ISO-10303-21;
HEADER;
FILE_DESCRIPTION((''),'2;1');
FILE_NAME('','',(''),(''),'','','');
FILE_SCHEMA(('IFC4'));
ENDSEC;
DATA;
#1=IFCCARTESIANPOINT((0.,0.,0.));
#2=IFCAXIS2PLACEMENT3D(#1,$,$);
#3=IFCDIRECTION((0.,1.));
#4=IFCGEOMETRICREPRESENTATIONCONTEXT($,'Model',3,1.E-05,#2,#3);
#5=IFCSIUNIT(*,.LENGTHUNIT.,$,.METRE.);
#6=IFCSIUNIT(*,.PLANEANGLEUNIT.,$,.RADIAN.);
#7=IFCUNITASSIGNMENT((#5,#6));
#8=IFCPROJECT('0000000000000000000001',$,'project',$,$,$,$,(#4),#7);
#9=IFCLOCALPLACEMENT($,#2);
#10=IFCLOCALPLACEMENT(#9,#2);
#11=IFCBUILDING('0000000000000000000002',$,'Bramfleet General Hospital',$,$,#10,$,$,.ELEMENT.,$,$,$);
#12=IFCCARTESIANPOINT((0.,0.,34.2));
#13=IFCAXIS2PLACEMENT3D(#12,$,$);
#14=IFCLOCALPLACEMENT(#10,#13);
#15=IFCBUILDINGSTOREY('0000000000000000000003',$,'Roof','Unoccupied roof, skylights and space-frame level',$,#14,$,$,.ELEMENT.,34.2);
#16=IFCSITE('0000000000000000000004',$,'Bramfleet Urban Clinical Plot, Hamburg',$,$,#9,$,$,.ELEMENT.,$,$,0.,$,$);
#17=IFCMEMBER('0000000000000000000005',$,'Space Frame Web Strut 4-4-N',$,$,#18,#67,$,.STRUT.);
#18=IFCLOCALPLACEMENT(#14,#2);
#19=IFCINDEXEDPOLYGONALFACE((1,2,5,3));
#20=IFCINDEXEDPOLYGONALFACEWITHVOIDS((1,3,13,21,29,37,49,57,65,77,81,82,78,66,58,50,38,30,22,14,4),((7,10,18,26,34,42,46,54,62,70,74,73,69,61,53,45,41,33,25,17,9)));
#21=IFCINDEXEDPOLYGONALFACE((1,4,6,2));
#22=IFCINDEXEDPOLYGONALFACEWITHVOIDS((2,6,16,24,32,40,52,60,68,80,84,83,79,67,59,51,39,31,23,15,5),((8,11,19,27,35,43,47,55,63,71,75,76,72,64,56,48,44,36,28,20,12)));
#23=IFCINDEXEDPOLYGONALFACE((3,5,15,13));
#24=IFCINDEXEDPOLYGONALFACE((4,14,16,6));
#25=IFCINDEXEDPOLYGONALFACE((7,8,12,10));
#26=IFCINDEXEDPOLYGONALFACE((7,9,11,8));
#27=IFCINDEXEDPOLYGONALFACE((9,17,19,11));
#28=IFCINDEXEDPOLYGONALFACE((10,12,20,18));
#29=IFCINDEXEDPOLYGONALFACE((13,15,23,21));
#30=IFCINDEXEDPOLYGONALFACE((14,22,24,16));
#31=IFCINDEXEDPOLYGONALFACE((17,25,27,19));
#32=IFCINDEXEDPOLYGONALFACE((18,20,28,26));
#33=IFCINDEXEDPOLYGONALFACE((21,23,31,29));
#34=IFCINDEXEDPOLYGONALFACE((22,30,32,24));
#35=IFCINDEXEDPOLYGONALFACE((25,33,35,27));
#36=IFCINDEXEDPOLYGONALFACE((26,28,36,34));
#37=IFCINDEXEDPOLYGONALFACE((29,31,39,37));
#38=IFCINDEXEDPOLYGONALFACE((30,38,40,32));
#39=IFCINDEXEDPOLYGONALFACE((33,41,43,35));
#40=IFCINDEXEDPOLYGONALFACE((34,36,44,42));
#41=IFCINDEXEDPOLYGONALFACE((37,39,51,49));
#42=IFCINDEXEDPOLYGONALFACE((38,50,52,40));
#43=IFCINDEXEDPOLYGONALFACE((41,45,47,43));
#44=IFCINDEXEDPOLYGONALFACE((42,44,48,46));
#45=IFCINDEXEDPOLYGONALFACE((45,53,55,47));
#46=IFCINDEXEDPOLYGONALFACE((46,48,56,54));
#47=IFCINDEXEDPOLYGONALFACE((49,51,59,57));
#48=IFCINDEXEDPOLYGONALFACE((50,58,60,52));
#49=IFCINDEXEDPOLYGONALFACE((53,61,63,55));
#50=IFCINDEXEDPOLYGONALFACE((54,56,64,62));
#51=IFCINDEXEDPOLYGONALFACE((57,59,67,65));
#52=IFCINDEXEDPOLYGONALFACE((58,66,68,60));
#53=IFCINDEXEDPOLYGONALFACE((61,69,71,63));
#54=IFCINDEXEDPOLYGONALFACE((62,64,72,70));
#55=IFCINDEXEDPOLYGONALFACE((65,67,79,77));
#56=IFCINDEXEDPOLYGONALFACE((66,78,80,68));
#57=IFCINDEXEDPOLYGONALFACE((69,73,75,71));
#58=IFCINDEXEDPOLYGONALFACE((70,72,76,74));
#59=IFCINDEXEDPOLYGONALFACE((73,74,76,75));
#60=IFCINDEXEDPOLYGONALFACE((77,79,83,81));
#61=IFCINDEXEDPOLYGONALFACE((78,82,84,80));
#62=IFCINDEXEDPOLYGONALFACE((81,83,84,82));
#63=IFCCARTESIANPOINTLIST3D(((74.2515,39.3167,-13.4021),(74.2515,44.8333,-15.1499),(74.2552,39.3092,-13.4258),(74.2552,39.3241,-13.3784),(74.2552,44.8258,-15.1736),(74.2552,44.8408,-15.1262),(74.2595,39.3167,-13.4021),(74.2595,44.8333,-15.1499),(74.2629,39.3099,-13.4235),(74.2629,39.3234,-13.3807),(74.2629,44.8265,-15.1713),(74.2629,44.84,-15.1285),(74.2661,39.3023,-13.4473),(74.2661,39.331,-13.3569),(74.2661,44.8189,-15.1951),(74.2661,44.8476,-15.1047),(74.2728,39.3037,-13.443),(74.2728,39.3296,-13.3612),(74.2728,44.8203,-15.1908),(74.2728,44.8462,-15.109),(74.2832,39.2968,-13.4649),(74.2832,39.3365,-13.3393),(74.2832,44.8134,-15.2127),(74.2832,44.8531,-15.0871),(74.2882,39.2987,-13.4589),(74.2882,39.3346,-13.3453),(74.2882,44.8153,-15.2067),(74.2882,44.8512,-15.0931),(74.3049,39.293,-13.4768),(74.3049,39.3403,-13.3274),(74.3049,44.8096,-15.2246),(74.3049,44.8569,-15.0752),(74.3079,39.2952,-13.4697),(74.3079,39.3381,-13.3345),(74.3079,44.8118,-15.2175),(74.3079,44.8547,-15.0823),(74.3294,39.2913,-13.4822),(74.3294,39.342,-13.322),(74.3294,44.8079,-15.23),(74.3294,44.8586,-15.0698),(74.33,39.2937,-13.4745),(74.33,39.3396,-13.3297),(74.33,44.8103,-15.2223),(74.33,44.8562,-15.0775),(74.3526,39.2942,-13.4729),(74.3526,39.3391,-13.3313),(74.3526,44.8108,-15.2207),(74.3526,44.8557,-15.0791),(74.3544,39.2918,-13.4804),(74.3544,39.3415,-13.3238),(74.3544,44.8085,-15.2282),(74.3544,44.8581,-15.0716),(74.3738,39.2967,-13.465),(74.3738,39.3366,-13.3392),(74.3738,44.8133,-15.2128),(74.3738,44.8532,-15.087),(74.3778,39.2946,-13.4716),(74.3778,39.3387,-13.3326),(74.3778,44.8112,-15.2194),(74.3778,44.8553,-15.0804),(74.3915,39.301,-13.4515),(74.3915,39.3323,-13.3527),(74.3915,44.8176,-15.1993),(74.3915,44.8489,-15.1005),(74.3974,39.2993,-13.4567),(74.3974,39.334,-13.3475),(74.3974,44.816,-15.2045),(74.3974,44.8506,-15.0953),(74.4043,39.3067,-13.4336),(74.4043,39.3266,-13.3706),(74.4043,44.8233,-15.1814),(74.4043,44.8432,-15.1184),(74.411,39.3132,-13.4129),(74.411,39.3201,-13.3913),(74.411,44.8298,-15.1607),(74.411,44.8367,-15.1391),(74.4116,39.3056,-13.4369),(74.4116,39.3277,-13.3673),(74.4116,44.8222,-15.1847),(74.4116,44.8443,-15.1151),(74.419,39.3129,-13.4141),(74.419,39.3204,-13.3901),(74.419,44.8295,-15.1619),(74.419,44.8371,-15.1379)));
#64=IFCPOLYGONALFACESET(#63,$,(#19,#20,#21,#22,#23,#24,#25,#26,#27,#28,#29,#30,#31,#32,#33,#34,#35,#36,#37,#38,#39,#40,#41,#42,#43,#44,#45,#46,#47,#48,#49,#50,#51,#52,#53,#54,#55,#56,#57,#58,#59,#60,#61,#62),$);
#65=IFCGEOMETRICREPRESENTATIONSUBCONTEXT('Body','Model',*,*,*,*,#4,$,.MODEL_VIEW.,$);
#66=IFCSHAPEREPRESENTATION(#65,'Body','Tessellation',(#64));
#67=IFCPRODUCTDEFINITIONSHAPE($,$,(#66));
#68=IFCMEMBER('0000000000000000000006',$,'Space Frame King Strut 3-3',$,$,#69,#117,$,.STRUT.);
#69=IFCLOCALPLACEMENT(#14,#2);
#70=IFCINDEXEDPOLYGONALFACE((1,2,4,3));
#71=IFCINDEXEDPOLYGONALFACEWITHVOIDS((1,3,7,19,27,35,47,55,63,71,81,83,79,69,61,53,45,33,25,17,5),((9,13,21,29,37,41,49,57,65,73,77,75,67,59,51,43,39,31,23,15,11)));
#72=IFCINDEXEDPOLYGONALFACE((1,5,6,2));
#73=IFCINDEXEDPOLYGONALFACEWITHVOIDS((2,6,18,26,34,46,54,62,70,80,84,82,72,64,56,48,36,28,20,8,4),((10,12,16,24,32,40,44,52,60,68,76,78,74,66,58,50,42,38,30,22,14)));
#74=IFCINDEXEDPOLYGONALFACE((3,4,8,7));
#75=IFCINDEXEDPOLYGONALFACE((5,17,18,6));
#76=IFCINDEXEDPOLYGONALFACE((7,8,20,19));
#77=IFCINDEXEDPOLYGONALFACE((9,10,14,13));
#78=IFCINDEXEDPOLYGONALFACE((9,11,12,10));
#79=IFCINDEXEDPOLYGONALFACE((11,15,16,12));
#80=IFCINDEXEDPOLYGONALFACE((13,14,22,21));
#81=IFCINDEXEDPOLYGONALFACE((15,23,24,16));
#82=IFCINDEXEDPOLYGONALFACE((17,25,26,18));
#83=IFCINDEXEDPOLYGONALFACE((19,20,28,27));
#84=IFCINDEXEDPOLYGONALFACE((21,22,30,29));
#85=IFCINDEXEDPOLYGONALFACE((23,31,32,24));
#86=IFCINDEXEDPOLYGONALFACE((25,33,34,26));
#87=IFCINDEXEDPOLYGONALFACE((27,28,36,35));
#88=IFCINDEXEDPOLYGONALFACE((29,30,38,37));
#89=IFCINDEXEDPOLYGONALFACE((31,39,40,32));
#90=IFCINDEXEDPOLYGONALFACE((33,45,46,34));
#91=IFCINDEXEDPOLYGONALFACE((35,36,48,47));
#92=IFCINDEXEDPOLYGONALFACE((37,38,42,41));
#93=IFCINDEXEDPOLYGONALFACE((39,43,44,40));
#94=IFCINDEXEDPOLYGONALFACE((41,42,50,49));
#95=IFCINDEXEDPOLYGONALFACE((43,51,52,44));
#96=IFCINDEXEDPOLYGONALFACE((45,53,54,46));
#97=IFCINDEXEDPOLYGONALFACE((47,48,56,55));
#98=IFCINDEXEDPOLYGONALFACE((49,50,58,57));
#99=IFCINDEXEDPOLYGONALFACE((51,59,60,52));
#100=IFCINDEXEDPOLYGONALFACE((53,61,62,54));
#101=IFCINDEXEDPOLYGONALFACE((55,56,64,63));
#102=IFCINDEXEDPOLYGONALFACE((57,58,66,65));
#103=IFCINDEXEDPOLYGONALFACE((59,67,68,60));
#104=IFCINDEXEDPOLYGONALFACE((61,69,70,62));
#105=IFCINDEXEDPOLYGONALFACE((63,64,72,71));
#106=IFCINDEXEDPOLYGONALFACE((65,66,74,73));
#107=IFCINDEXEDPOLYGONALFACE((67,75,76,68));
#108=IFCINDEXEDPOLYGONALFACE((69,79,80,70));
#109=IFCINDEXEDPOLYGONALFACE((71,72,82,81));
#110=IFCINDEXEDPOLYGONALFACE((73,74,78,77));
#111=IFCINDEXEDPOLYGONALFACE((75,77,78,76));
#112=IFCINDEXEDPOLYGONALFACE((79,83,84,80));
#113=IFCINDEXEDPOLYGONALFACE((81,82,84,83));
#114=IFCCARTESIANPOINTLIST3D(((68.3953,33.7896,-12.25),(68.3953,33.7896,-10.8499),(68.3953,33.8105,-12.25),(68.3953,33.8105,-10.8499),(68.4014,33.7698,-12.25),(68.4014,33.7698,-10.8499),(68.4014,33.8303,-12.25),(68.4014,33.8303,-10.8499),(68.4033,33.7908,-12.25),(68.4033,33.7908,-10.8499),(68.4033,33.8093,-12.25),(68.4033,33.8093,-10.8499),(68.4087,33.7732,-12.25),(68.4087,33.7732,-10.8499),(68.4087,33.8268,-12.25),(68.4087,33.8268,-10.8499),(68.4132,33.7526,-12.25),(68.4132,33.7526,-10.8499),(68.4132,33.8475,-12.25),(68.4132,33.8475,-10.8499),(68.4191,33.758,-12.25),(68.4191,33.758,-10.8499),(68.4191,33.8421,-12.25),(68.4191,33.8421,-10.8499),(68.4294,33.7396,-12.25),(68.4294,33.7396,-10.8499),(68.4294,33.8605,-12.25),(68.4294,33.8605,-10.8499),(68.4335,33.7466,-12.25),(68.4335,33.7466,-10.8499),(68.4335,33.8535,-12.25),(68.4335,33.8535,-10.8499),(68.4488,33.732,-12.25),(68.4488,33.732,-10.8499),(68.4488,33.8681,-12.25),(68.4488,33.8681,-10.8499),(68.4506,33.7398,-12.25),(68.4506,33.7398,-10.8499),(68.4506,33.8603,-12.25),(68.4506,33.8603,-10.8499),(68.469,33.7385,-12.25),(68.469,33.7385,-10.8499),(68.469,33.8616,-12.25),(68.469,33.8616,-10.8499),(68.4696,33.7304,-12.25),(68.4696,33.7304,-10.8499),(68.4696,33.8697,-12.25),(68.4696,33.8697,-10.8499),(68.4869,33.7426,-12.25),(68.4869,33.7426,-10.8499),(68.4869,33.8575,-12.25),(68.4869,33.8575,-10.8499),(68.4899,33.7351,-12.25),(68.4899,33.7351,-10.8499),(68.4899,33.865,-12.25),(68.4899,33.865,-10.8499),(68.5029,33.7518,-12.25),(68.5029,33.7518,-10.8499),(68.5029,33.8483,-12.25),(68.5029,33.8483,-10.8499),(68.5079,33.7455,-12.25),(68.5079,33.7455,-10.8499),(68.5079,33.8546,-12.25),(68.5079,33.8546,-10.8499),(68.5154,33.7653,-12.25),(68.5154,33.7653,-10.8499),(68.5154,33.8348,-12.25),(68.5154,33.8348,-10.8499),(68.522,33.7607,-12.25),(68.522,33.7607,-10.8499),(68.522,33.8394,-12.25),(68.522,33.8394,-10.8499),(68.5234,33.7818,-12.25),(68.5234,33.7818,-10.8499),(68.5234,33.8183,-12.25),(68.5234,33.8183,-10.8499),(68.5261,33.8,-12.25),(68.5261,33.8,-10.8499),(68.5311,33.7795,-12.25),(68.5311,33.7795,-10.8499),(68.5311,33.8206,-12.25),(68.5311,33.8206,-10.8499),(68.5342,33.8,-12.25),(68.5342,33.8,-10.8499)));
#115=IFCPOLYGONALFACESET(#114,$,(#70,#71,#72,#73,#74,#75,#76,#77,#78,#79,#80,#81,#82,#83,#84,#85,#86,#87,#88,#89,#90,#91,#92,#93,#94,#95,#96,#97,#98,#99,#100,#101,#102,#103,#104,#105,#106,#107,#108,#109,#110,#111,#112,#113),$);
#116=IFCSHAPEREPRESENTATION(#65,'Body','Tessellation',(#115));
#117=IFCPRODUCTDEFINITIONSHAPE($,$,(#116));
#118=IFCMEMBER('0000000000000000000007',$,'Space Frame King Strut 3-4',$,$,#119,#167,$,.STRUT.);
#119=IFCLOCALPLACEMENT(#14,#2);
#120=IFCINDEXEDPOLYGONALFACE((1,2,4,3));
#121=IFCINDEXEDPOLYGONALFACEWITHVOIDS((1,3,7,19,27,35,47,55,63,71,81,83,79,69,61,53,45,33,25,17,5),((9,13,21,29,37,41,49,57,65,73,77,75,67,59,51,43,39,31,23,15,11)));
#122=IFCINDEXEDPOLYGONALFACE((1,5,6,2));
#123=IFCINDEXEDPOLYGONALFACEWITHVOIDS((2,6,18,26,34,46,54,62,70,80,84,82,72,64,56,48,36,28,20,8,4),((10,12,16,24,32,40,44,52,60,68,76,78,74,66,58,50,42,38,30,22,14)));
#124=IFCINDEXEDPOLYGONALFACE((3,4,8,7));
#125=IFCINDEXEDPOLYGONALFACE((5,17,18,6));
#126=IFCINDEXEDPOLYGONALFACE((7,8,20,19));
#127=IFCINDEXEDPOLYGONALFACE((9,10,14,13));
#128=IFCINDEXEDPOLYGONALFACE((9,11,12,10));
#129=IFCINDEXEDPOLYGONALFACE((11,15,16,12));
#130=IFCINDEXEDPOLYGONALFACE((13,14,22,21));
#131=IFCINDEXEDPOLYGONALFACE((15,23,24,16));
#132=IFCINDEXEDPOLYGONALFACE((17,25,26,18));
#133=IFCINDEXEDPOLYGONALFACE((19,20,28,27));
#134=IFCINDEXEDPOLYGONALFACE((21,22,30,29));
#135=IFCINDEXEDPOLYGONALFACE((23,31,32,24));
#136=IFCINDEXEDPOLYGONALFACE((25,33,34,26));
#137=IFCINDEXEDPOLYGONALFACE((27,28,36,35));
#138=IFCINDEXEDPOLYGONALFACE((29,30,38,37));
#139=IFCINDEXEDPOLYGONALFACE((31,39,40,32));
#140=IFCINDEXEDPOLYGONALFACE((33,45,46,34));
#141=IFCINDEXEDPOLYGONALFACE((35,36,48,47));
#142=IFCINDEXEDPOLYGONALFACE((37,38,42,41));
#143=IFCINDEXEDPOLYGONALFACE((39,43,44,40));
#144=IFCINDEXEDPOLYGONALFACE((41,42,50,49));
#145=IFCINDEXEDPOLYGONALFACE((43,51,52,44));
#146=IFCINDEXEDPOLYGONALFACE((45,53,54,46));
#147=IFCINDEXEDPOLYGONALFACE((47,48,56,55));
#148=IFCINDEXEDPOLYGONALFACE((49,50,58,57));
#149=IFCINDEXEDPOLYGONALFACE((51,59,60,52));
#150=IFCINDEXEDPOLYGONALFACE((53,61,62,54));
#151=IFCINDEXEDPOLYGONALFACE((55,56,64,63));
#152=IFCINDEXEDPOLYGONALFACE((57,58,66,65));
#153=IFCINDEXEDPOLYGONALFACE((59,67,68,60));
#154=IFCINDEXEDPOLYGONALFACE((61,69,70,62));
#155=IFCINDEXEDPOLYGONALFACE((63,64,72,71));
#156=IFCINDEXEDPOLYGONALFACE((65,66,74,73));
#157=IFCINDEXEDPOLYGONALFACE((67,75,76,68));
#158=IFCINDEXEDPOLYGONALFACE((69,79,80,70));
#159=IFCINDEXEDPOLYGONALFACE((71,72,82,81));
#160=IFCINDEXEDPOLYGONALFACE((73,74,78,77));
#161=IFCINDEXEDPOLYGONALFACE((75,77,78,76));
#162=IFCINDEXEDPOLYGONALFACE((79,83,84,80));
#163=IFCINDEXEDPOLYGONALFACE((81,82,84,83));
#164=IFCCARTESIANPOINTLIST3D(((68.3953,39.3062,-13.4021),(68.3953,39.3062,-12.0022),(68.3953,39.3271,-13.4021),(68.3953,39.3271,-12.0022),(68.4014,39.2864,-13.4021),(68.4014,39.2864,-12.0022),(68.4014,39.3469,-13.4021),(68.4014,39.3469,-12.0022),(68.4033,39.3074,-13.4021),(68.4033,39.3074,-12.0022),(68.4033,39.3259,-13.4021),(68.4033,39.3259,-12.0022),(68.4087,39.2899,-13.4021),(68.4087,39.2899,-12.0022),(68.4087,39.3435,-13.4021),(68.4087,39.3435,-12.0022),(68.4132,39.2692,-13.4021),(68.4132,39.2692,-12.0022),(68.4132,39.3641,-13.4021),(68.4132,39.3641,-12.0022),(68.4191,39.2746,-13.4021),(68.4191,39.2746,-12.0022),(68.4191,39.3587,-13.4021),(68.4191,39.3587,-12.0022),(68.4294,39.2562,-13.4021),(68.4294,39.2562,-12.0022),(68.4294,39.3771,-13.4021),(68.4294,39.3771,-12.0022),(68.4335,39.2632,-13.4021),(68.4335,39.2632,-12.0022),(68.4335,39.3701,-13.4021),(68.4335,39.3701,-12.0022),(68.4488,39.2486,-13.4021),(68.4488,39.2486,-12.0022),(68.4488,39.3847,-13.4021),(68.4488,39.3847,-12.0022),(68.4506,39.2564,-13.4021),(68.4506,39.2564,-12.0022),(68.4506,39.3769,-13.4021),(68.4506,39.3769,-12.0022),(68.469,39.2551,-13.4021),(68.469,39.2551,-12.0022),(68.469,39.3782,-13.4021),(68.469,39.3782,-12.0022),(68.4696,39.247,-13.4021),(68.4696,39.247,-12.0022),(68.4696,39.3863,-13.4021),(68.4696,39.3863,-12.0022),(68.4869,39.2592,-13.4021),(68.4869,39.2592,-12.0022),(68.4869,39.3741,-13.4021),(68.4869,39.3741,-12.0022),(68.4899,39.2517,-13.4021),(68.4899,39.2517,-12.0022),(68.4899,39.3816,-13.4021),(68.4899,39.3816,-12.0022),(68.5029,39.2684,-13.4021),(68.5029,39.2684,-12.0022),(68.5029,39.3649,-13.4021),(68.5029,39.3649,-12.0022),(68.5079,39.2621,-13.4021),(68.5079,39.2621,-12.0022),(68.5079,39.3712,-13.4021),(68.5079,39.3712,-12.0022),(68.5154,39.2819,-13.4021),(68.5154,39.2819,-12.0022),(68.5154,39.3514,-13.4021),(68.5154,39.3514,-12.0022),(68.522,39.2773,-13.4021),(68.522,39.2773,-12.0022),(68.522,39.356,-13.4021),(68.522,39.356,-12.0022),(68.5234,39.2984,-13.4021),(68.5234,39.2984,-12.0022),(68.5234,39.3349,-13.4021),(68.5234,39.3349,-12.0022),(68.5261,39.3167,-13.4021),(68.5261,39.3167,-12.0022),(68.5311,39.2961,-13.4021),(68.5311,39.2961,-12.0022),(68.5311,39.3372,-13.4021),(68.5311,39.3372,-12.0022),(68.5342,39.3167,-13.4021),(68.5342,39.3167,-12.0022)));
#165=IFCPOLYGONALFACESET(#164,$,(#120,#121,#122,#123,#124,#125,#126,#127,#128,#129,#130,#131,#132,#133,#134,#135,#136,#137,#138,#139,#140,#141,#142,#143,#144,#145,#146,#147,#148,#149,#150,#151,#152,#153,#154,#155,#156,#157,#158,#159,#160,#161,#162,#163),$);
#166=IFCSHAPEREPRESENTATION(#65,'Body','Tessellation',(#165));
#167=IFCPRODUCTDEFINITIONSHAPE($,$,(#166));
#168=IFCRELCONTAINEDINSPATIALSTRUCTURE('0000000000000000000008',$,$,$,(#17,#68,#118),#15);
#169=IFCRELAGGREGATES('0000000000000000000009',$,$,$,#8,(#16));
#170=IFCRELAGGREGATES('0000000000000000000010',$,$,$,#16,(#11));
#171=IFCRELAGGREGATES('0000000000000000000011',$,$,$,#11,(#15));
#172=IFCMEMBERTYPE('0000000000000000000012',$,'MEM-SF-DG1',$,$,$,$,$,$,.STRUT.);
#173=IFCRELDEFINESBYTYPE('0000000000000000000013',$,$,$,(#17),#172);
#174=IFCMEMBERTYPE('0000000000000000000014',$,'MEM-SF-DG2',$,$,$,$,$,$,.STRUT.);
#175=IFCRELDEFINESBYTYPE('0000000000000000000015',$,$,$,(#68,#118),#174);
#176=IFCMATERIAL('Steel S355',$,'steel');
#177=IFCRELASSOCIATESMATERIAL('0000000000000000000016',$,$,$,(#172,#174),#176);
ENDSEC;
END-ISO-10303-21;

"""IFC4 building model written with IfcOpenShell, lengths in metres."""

from ifc_helpers import new_model, si_unit, direction, frame, origin, origin_2d, place, context, subcontext, project, spatial, hollow_circle, extrude, material, material_profile, profile_set, type_object, element, save


model = new_model("IFC4")

# Units and contexts
model_context = context("Model", 3, precision=1e-05, world=origin(), true_north=direction((0.0, 1.0)))
body_context = subcontext(model_context, "Body", "Model", "MODEL_VIEW")
ifc_project = project(units=[si_unit("LENGTHUNIT", "METRE"), si_unit("PLANEANGLEUNIT", "RADIAN")], contexts=[model_context])

# Site, building, storey
site_placement = place(None, origin())
site = spatial("IfcSite", under=ifc_project, at=site_placement, Name="Bramfleet Urban Clinical Plot, Hamburg", CompositionType="ELEMENT", RefElevation=0.0)
building_placement = place(site_placement, origin())
building = spatial("IfcBuilding", under=site, at=building_placement, Name="Bramfleet General Hospital", CompositionType="ELEMENT")
storey_placement = place(building_placement, frame((0.0, 0.0, 34.2)))
storey = spatial("IfcBuildingStorey", under=building, at=storey_placement, Name="Roof", Description="Unoccupied roof, skylights and space-frame level", CompositionType="ELEMENT", Elevation=34.2)

# Members
ifc_material = material(Name="Steel S355", Category="steel")
ifc_material_profile_1 = material_profile(ifc_material, hollow_circle(Radius=0.0842, WallThickness=0.0081, at=origin_2d()), Name="CHS 168.3x8.0")
ifc_profile_set_1 = profile_set([ifc_material_profile_1], Name="Steel S355")
member_type_1 = type_object("IfcMemberType", Name="MEM-SF-DG1", PredefinedType="STRUT", material=ifc_profile_set_1)
member_1_placement = place(storey_placement, frame((74.3357, 39.3167, -13.4021), z_axis=(0.0, 0.953299, -0.30203), x_axis=(-1.0, 0.0, 0.0)))
element("IfcMember", 1, at=member_1_placement, inside=storey, type_object=member_type_1, Name="Space Frame Web Strut 4-4-N", PredefinedType="STRUT", context=body_context, shape_type="SweptSolid", body=[
    extrude(hollow_circle(Radius=0.0842, WallThickness=0.0081, at=origin_2d()), origin(), (0.0, 0.0, 1.0), 5.7869),
])
ifc_material_profile_2 = material_profile(ifc_material, hollow_circle(Radius=0.0698, WallThickness=0.0081, at=origin_2d()), Name="CHS 139.7x8.0")
ifc_profile_set_2 = profile_set([ifc_material_profile_2], Name="Steel S355")
member_type_2 = type_object("IfcMemberType", Name="MEM-SF-DG2", PredefinedType="STRUT", material=ifc_profile_set_2)
member_2_placement = place(storey_placement, frame((68.4644, 33.8, -12.25), z_axis=(0.0, 0.0, 1.0), x_axis=(1.0, 0.0, 0.0)))
element("IfcMember", 2, at=member_2_placement, inside=storey, type_object=member_type_2, Name="Space Frame King Strut 3-3", PredefinedType="STRUT", context=body_context, shape_type="SweptSolid", body=[
    extrude(hollow_circle(Radius=0.0698, WallThickness=0.0081, at=origin_2d()), origin(), (0.0, 0.0, 1.0), 1.4001),
])
member_3_placement = place(storey_placement, frame((68.4644, 39.3167, -13.4021), z_axis=(0.0, 0.0, 1.0), x_axis=(1.0, 0.0, 0.0)))
element("IfcMember", 3, at=member_3_placement, inside=storey, type_object=member_type_2, Name="Space Frame King Strut 3-4", PredefinedType="STRUT", context=body_context, shape_type="SweptSolid", body=[
    extrude(hollow_circle(Radius=0.0698, WallThickness=0.0081, at=origin_2d()), origin(), (0.0, 0.0, 1.0), 1.3999),
])

save(model, "model.ifc")
